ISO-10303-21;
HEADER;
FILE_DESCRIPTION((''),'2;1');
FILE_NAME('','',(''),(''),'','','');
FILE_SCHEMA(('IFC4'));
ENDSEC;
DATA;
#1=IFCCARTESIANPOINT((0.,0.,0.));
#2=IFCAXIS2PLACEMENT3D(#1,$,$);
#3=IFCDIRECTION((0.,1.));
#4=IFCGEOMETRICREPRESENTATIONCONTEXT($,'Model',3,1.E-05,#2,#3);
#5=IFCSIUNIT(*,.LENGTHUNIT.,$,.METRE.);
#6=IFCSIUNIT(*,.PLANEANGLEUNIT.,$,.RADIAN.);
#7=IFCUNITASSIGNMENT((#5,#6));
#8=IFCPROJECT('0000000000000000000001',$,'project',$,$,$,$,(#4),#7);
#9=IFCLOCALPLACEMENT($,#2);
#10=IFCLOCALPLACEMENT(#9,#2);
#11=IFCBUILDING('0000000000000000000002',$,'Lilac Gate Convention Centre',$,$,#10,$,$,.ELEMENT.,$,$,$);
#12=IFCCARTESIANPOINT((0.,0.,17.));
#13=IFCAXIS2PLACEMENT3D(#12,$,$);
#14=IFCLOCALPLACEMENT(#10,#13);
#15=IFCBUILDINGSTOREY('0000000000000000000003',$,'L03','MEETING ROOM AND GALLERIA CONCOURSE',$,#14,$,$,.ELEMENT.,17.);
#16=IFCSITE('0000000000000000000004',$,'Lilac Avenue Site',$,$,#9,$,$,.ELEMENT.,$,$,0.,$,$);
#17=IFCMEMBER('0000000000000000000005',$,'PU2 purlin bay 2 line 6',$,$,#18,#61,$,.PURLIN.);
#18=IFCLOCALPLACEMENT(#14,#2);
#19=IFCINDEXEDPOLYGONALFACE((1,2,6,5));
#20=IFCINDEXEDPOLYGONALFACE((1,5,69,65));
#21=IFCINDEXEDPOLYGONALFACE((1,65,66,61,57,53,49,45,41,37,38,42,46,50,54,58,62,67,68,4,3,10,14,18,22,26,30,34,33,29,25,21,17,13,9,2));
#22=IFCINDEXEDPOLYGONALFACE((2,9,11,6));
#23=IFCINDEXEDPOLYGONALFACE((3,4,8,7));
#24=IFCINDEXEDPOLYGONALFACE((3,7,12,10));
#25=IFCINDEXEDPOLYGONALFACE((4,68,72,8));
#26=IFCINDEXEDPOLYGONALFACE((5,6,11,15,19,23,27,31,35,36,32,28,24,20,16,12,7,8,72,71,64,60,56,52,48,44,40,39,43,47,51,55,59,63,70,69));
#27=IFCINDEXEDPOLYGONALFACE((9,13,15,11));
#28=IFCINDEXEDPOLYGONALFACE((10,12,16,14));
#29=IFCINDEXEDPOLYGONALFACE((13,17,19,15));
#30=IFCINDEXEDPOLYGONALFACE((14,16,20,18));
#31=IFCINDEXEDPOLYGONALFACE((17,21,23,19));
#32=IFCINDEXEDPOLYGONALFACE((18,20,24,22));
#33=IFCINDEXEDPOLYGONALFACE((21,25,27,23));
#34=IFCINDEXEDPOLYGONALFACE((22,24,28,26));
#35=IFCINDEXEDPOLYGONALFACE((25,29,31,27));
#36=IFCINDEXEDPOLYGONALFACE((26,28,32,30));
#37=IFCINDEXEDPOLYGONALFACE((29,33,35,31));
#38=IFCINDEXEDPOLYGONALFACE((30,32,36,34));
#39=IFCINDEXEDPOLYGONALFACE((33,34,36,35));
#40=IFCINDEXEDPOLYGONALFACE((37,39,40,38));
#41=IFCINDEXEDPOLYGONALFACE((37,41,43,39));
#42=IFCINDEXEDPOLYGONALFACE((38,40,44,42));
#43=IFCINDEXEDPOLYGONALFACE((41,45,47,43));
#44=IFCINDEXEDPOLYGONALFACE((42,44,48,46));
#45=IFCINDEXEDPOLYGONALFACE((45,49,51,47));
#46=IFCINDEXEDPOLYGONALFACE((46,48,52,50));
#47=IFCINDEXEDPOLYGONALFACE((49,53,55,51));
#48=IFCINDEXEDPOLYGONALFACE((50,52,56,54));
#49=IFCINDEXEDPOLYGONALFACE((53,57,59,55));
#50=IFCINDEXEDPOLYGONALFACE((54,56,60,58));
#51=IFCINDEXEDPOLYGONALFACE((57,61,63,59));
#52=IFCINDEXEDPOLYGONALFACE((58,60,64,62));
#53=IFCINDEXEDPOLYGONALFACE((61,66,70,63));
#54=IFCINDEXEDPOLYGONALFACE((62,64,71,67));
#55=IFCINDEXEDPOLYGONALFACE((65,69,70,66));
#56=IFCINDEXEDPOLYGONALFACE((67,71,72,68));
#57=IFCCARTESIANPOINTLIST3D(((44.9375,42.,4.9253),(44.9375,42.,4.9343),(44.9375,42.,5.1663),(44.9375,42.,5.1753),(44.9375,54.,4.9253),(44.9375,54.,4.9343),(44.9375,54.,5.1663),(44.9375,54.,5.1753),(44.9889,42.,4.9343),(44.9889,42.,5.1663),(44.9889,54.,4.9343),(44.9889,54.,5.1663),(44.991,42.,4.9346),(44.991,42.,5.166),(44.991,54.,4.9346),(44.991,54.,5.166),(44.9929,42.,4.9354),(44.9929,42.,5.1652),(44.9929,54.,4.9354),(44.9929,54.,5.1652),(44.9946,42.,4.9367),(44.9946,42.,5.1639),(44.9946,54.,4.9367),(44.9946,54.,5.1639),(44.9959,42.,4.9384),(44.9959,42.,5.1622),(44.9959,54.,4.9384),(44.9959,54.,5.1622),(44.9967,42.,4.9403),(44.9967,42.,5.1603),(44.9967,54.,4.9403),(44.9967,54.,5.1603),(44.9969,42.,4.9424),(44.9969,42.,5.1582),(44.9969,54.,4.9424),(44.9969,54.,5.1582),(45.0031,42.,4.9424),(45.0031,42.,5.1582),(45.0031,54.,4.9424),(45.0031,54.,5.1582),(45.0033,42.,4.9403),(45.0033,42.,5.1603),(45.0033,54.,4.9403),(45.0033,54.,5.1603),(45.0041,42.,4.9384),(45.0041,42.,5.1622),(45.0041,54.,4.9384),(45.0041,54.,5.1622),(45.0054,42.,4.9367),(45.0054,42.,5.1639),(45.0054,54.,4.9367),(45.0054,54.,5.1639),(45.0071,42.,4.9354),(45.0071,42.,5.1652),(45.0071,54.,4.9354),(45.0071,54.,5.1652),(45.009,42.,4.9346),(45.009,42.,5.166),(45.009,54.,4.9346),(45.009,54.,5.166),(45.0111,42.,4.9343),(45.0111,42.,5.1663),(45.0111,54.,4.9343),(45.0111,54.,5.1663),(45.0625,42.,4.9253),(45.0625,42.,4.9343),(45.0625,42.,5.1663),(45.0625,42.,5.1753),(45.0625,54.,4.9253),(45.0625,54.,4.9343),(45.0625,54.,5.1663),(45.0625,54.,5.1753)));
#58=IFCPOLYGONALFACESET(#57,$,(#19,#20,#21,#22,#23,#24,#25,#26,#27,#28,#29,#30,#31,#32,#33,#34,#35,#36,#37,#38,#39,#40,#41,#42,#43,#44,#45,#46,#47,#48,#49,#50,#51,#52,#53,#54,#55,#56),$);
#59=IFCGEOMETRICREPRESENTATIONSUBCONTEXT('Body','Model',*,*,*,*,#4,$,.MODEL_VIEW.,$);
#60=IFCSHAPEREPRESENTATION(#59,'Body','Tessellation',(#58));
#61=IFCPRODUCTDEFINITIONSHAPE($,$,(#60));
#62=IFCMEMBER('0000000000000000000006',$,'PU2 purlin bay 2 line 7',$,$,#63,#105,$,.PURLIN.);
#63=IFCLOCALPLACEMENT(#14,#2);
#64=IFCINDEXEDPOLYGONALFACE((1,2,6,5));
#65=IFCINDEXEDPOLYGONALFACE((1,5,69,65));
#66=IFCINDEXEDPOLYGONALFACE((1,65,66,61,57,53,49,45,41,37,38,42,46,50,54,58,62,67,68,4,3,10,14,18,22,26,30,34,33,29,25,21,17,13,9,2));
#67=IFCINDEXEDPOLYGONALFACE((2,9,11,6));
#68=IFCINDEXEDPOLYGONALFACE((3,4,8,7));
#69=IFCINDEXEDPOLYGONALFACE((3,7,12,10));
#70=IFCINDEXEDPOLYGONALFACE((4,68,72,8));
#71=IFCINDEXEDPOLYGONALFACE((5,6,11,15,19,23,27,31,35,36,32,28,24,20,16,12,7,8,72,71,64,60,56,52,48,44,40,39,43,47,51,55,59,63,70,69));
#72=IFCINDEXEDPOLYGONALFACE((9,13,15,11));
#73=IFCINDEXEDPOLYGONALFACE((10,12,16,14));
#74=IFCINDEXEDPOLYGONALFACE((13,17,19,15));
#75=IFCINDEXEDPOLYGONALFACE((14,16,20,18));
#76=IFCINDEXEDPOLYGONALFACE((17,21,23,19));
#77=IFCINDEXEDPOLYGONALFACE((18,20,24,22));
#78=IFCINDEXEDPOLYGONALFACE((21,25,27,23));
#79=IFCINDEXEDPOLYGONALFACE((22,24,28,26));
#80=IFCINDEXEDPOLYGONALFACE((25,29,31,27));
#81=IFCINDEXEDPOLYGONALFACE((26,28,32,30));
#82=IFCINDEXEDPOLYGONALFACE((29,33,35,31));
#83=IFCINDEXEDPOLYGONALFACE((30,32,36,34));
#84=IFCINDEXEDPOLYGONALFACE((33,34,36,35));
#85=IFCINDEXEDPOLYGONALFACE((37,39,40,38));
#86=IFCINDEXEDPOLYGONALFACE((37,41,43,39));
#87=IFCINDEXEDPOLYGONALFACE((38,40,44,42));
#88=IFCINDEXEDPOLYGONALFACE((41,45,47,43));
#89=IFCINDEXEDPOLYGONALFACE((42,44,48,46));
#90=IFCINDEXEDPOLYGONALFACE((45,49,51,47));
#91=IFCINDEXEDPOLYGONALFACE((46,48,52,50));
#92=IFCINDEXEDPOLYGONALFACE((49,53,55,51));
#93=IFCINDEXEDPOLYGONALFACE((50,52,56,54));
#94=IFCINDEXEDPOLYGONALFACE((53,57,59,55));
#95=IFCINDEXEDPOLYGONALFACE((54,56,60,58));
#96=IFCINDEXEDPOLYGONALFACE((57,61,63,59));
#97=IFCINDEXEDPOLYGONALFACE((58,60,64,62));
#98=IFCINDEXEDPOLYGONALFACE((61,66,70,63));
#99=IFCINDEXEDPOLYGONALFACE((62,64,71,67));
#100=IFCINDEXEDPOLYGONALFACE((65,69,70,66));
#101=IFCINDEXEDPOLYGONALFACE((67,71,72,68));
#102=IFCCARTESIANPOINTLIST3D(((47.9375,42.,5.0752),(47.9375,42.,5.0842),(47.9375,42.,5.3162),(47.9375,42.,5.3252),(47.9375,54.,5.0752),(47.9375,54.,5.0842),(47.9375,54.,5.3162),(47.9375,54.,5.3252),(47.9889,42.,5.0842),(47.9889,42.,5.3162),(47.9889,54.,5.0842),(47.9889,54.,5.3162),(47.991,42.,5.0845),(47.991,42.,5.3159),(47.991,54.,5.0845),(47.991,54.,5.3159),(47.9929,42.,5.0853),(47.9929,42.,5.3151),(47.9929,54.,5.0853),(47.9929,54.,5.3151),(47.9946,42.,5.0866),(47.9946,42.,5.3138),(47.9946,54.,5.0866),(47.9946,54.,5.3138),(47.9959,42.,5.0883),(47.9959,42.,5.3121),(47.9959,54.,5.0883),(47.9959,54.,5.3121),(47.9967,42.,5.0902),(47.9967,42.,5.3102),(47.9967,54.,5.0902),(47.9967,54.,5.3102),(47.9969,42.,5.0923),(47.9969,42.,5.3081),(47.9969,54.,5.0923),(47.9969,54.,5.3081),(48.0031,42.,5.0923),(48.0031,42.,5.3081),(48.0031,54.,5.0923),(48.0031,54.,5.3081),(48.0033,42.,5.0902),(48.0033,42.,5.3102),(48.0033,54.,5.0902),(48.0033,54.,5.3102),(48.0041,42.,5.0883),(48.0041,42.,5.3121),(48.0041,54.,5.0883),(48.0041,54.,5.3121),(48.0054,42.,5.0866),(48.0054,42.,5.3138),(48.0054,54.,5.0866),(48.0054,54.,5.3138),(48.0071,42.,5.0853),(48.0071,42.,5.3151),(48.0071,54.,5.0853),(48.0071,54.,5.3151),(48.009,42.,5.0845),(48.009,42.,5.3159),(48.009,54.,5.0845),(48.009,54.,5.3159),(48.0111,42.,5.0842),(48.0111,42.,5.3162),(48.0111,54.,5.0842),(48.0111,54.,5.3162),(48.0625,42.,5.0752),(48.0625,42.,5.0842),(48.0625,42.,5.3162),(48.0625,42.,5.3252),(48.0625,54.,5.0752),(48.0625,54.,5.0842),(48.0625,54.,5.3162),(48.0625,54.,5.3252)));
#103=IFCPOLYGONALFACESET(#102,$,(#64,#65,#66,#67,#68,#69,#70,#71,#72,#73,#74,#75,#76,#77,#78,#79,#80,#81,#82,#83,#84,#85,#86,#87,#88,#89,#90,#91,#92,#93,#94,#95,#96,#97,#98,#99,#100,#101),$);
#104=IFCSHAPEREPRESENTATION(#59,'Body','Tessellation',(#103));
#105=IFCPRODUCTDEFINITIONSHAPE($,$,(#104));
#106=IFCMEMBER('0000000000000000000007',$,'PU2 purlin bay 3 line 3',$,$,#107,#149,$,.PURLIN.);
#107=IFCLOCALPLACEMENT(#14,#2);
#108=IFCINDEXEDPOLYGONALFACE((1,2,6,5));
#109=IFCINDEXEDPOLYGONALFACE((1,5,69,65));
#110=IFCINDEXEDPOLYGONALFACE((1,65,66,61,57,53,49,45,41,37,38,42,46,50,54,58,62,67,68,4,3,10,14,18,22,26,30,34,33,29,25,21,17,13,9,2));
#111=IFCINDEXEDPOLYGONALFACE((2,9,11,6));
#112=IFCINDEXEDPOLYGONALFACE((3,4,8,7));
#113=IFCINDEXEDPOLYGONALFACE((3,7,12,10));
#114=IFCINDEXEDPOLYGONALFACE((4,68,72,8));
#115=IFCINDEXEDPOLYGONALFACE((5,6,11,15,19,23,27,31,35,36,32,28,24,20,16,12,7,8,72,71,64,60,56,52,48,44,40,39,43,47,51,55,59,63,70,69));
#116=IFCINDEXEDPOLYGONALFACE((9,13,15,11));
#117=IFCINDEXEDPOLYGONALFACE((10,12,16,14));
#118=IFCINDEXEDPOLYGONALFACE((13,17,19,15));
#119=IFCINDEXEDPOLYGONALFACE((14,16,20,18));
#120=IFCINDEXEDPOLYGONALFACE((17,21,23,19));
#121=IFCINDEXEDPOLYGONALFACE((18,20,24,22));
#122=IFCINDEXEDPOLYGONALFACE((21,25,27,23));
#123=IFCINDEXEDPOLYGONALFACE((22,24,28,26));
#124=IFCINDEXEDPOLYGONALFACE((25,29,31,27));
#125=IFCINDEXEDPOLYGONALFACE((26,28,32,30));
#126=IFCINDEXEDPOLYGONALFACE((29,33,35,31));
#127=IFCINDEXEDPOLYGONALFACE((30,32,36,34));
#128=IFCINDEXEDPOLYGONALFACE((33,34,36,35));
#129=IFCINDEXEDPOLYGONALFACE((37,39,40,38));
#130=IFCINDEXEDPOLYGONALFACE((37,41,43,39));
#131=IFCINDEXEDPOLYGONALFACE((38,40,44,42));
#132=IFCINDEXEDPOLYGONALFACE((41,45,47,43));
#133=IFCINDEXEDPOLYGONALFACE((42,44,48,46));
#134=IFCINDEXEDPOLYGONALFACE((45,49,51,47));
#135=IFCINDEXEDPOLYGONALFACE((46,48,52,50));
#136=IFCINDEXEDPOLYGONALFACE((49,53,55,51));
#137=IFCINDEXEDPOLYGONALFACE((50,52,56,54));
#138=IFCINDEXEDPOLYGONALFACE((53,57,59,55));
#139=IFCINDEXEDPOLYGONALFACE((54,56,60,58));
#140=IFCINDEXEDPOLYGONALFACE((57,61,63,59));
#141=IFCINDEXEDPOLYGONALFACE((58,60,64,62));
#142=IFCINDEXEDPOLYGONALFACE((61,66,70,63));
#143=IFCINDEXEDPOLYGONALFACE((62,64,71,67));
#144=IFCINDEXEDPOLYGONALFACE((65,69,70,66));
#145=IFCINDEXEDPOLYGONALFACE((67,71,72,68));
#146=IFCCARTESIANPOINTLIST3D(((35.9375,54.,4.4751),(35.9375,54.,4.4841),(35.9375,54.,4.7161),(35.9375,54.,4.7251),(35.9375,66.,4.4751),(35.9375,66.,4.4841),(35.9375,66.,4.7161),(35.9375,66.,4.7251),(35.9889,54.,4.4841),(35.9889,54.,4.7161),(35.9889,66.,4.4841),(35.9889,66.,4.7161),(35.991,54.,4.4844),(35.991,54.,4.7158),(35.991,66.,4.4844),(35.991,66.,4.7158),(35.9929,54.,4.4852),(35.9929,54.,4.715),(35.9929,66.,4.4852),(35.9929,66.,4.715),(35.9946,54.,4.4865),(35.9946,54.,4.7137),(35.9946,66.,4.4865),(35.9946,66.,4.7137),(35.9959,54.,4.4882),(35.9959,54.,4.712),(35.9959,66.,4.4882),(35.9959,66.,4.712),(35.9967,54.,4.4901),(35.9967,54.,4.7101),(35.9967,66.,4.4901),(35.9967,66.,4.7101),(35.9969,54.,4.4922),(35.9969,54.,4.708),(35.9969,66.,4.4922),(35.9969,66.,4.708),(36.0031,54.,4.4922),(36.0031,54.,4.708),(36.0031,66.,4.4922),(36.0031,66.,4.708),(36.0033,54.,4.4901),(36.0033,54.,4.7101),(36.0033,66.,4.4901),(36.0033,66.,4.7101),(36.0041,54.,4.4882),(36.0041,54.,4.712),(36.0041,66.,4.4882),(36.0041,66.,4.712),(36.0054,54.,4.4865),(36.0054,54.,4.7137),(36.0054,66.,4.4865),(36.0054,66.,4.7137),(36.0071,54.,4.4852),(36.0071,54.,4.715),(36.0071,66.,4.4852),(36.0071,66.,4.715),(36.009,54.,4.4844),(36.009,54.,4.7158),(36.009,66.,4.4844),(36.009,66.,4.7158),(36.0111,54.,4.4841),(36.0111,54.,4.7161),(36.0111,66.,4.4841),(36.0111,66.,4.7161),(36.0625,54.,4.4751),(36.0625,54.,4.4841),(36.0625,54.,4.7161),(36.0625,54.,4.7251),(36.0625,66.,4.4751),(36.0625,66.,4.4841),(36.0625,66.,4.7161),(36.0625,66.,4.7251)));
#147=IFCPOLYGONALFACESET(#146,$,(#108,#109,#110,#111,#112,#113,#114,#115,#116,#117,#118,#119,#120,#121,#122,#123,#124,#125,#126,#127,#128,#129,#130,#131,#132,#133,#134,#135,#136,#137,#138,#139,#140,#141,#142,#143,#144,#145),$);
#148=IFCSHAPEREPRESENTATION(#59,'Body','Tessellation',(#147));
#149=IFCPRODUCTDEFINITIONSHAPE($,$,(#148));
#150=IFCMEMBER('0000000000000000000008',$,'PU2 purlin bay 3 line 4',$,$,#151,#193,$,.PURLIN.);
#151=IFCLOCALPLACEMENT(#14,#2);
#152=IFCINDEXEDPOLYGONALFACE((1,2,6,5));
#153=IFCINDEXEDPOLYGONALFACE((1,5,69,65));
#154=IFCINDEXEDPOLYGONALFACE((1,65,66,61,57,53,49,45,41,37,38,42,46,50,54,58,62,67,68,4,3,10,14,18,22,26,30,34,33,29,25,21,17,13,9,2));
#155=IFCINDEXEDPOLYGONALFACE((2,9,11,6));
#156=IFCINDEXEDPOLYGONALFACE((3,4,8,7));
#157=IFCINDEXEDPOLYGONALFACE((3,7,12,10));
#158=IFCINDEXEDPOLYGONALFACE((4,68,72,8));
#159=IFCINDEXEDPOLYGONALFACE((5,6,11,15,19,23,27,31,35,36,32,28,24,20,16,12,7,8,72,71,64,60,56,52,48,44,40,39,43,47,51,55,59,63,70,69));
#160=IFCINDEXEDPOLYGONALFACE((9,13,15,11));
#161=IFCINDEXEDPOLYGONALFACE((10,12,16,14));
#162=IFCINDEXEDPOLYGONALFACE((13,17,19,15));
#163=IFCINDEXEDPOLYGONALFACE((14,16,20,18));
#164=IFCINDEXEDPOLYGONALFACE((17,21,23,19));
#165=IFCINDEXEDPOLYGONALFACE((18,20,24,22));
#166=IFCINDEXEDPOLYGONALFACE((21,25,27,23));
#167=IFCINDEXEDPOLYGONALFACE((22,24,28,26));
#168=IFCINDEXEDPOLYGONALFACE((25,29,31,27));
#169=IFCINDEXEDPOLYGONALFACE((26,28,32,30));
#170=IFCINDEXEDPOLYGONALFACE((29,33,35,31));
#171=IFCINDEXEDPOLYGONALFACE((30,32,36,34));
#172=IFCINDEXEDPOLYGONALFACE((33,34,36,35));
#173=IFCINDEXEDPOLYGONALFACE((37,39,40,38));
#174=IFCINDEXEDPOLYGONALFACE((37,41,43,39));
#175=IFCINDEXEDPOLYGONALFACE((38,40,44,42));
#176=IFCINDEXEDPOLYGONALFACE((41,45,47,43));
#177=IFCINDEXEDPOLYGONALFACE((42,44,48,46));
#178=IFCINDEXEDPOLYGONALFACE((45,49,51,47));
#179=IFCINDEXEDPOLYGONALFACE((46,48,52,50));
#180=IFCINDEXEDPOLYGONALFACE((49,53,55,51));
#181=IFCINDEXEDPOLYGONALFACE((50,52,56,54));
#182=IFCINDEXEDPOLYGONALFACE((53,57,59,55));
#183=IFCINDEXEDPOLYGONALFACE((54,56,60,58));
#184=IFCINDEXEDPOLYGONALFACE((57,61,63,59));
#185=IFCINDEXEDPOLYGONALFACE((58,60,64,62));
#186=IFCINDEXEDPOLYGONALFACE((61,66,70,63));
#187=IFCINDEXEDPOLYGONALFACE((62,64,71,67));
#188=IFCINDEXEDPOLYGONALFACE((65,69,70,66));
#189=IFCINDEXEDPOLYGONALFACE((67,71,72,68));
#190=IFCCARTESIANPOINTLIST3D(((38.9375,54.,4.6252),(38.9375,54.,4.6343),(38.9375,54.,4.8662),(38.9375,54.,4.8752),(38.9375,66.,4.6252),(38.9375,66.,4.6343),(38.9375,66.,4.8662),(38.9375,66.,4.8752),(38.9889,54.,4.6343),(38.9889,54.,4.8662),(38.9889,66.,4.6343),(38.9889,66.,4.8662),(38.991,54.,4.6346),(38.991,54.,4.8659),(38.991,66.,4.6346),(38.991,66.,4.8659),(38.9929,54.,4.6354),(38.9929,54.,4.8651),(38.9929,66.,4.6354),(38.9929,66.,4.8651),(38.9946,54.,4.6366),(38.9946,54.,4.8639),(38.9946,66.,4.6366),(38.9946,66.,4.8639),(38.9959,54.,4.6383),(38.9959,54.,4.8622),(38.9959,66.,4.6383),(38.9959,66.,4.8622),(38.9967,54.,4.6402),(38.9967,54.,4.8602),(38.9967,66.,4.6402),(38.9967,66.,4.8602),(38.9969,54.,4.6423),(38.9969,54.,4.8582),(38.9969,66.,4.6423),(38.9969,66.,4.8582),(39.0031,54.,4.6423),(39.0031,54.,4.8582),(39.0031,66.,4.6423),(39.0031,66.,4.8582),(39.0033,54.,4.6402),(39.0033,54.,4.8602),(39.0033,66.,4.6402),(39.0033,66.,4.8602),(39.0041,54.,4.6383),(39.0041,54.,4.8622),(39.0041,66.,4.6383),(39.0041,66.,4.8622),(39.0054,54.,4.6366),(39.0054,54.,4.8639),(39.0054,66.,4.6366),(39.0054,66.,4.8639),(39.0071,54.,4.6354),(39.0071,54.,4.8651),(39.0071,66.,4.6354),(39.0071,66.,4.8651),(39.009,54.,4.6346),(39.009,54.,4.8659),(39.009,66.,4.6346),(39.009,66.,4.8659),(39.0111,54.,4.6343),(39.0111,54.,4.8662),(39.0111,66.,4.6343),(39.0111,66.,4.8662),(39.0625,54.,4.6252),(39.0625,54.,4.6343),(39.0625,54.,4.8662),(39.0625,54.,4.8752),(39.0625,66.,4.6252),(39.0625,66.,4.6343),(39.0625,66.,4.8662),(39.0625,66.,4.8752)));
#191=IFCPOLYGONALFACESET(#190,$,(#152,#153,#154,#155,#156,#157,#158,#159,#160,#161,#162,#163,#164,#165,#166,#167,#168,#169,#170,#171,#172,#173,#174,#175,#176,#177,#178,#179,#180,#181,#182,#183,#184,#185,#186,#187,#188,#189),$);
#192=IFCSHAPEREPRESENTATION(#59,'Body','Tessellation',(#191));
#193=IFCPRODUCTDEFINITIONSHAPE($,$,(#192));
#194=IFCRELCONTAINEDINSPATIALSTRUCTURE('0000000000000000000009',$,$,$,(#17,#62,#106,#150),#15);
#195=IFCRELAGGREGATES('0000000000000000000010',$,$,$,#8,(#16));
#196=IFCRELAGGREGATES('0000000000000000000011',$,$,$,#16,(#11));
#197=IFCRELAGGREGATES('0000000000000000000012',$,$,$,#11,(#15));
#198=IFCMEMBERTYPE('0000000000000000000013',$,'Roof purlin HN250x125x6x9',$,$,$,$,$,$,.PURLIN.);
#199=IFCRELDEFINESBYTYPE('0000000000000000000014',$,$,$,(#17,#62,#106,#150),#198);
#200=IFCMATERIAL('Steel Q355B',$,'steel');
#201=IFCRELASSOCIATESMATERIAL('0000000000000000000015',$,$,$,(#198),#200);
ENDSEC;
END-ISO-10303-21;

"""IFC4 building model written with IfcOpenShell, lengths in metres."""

from ifc_helpers import new_model, si_unit, direction, frame, origin, origin_2d, place, context, subcontext, project, spatial, i_section, extrude, material, material_profile, profile_set, type_object, element, save


model = new_model("IFC4")

# Units and contexts
model_context = context("Model", 3, precision=1e-05, world=origin(), true_north=direction((0.0, 1.0)))
body_context = subcontext(model_context, "Body", "Model", "MODEL_VIEW")
ifc_project = project(units=[si_unit("LENGTHUNIT", "METRE"), si_unit("PLANEANGLEUNIT", "RADIAN")], contexts=[model_context])

# Site, building, storey
site_placement = place(None, origin())
site = spatial("IfcSite", under=ifc_project, at=site_placement, Name="Lilac Avenue Site", CompositionType="ELEMENT", RefElevation=0.0)
building_placement = place(site_placement, origin())
building = spatial("IfcBuilding", under=site, at=building_placement, Name="Lilac Gate Convention Centre", CompositionType="ELEMENT")
storey_placement = place(building_placement, frame((0.0, 0.0, 17.0)))
storey = spatial("IfcBuildingStorey", under=building, at=storey_placement, Name="L03", Description="MEETING ROOM AND GALLERIA CONCOURSE", CompositionType="ELEMENT", Elevation=17.0)

# Members
ifc_material = material(Name="Steel Q355B", Category="steel")
ifc_material_profile_1 = material_profile(ifc_material, i_section(OverallWidth=0.125, OverallDepth=0.25, WebThickness=0.0061, FlangeThickness=0.009, FilletRadius=0.0081, at=origin_2d()), Name="HN250x125x6x9")
ifc_profile_set_1 = profile_set([ifc_material_profile_1], Name="Steel Q355B")
member_type_1 = type_object("IfcMemberType", Name="Roof purlin HN250x125x6x9", PredefinedType="PURLIN", material=ifc_profile_set_1)
for number, where, z_axis, x_axis, name in (
    (1, (45.0, 42.0, 5.0503), (0.0, 1.0, 0.0), (-1.0, 0.0, 0.0), "PU2 purlin bay 2 line 6"),
    (2, (48.0, 42.0, 5.2002), (0.0, 1.0, 0.0), (-1.0, 0.0, 0.0), "PU2 purlin bay 2 line 7"),
    (3, (36.0, 54.0, 4.6001), (0.0, 1.0, 0.0), (-1.0, 0.0, 0.0), "PU2 purlin bay 3 line 3"),
    (4, (39.0, 54.0, 4.7502), (0.0, 1.0, 0.0), (-1.0, 0.0, 0.0), "PU2 purlin bay 3 line 4"),
):
    element("IfcMember", number, at=place(storey_placement, frame(where, z_axis=z_axis, x_axis=x_axis)), inside=storey, type_object=member_type_1, Name=name, PredefinedType="PURLIN", context=body_context, shape_type="SweptSolid", body=[
        extrude(i_section(OverallWidth=0.125, OverallDepth=0.25, WebThickness=0.0061, FlangeThickness=0.009, FilletRadius=0.0081, at=origin_2d()), origin(), (0.0, 0.0, 1.0), 12.0),
    ])

save(model, "model.ifc")
